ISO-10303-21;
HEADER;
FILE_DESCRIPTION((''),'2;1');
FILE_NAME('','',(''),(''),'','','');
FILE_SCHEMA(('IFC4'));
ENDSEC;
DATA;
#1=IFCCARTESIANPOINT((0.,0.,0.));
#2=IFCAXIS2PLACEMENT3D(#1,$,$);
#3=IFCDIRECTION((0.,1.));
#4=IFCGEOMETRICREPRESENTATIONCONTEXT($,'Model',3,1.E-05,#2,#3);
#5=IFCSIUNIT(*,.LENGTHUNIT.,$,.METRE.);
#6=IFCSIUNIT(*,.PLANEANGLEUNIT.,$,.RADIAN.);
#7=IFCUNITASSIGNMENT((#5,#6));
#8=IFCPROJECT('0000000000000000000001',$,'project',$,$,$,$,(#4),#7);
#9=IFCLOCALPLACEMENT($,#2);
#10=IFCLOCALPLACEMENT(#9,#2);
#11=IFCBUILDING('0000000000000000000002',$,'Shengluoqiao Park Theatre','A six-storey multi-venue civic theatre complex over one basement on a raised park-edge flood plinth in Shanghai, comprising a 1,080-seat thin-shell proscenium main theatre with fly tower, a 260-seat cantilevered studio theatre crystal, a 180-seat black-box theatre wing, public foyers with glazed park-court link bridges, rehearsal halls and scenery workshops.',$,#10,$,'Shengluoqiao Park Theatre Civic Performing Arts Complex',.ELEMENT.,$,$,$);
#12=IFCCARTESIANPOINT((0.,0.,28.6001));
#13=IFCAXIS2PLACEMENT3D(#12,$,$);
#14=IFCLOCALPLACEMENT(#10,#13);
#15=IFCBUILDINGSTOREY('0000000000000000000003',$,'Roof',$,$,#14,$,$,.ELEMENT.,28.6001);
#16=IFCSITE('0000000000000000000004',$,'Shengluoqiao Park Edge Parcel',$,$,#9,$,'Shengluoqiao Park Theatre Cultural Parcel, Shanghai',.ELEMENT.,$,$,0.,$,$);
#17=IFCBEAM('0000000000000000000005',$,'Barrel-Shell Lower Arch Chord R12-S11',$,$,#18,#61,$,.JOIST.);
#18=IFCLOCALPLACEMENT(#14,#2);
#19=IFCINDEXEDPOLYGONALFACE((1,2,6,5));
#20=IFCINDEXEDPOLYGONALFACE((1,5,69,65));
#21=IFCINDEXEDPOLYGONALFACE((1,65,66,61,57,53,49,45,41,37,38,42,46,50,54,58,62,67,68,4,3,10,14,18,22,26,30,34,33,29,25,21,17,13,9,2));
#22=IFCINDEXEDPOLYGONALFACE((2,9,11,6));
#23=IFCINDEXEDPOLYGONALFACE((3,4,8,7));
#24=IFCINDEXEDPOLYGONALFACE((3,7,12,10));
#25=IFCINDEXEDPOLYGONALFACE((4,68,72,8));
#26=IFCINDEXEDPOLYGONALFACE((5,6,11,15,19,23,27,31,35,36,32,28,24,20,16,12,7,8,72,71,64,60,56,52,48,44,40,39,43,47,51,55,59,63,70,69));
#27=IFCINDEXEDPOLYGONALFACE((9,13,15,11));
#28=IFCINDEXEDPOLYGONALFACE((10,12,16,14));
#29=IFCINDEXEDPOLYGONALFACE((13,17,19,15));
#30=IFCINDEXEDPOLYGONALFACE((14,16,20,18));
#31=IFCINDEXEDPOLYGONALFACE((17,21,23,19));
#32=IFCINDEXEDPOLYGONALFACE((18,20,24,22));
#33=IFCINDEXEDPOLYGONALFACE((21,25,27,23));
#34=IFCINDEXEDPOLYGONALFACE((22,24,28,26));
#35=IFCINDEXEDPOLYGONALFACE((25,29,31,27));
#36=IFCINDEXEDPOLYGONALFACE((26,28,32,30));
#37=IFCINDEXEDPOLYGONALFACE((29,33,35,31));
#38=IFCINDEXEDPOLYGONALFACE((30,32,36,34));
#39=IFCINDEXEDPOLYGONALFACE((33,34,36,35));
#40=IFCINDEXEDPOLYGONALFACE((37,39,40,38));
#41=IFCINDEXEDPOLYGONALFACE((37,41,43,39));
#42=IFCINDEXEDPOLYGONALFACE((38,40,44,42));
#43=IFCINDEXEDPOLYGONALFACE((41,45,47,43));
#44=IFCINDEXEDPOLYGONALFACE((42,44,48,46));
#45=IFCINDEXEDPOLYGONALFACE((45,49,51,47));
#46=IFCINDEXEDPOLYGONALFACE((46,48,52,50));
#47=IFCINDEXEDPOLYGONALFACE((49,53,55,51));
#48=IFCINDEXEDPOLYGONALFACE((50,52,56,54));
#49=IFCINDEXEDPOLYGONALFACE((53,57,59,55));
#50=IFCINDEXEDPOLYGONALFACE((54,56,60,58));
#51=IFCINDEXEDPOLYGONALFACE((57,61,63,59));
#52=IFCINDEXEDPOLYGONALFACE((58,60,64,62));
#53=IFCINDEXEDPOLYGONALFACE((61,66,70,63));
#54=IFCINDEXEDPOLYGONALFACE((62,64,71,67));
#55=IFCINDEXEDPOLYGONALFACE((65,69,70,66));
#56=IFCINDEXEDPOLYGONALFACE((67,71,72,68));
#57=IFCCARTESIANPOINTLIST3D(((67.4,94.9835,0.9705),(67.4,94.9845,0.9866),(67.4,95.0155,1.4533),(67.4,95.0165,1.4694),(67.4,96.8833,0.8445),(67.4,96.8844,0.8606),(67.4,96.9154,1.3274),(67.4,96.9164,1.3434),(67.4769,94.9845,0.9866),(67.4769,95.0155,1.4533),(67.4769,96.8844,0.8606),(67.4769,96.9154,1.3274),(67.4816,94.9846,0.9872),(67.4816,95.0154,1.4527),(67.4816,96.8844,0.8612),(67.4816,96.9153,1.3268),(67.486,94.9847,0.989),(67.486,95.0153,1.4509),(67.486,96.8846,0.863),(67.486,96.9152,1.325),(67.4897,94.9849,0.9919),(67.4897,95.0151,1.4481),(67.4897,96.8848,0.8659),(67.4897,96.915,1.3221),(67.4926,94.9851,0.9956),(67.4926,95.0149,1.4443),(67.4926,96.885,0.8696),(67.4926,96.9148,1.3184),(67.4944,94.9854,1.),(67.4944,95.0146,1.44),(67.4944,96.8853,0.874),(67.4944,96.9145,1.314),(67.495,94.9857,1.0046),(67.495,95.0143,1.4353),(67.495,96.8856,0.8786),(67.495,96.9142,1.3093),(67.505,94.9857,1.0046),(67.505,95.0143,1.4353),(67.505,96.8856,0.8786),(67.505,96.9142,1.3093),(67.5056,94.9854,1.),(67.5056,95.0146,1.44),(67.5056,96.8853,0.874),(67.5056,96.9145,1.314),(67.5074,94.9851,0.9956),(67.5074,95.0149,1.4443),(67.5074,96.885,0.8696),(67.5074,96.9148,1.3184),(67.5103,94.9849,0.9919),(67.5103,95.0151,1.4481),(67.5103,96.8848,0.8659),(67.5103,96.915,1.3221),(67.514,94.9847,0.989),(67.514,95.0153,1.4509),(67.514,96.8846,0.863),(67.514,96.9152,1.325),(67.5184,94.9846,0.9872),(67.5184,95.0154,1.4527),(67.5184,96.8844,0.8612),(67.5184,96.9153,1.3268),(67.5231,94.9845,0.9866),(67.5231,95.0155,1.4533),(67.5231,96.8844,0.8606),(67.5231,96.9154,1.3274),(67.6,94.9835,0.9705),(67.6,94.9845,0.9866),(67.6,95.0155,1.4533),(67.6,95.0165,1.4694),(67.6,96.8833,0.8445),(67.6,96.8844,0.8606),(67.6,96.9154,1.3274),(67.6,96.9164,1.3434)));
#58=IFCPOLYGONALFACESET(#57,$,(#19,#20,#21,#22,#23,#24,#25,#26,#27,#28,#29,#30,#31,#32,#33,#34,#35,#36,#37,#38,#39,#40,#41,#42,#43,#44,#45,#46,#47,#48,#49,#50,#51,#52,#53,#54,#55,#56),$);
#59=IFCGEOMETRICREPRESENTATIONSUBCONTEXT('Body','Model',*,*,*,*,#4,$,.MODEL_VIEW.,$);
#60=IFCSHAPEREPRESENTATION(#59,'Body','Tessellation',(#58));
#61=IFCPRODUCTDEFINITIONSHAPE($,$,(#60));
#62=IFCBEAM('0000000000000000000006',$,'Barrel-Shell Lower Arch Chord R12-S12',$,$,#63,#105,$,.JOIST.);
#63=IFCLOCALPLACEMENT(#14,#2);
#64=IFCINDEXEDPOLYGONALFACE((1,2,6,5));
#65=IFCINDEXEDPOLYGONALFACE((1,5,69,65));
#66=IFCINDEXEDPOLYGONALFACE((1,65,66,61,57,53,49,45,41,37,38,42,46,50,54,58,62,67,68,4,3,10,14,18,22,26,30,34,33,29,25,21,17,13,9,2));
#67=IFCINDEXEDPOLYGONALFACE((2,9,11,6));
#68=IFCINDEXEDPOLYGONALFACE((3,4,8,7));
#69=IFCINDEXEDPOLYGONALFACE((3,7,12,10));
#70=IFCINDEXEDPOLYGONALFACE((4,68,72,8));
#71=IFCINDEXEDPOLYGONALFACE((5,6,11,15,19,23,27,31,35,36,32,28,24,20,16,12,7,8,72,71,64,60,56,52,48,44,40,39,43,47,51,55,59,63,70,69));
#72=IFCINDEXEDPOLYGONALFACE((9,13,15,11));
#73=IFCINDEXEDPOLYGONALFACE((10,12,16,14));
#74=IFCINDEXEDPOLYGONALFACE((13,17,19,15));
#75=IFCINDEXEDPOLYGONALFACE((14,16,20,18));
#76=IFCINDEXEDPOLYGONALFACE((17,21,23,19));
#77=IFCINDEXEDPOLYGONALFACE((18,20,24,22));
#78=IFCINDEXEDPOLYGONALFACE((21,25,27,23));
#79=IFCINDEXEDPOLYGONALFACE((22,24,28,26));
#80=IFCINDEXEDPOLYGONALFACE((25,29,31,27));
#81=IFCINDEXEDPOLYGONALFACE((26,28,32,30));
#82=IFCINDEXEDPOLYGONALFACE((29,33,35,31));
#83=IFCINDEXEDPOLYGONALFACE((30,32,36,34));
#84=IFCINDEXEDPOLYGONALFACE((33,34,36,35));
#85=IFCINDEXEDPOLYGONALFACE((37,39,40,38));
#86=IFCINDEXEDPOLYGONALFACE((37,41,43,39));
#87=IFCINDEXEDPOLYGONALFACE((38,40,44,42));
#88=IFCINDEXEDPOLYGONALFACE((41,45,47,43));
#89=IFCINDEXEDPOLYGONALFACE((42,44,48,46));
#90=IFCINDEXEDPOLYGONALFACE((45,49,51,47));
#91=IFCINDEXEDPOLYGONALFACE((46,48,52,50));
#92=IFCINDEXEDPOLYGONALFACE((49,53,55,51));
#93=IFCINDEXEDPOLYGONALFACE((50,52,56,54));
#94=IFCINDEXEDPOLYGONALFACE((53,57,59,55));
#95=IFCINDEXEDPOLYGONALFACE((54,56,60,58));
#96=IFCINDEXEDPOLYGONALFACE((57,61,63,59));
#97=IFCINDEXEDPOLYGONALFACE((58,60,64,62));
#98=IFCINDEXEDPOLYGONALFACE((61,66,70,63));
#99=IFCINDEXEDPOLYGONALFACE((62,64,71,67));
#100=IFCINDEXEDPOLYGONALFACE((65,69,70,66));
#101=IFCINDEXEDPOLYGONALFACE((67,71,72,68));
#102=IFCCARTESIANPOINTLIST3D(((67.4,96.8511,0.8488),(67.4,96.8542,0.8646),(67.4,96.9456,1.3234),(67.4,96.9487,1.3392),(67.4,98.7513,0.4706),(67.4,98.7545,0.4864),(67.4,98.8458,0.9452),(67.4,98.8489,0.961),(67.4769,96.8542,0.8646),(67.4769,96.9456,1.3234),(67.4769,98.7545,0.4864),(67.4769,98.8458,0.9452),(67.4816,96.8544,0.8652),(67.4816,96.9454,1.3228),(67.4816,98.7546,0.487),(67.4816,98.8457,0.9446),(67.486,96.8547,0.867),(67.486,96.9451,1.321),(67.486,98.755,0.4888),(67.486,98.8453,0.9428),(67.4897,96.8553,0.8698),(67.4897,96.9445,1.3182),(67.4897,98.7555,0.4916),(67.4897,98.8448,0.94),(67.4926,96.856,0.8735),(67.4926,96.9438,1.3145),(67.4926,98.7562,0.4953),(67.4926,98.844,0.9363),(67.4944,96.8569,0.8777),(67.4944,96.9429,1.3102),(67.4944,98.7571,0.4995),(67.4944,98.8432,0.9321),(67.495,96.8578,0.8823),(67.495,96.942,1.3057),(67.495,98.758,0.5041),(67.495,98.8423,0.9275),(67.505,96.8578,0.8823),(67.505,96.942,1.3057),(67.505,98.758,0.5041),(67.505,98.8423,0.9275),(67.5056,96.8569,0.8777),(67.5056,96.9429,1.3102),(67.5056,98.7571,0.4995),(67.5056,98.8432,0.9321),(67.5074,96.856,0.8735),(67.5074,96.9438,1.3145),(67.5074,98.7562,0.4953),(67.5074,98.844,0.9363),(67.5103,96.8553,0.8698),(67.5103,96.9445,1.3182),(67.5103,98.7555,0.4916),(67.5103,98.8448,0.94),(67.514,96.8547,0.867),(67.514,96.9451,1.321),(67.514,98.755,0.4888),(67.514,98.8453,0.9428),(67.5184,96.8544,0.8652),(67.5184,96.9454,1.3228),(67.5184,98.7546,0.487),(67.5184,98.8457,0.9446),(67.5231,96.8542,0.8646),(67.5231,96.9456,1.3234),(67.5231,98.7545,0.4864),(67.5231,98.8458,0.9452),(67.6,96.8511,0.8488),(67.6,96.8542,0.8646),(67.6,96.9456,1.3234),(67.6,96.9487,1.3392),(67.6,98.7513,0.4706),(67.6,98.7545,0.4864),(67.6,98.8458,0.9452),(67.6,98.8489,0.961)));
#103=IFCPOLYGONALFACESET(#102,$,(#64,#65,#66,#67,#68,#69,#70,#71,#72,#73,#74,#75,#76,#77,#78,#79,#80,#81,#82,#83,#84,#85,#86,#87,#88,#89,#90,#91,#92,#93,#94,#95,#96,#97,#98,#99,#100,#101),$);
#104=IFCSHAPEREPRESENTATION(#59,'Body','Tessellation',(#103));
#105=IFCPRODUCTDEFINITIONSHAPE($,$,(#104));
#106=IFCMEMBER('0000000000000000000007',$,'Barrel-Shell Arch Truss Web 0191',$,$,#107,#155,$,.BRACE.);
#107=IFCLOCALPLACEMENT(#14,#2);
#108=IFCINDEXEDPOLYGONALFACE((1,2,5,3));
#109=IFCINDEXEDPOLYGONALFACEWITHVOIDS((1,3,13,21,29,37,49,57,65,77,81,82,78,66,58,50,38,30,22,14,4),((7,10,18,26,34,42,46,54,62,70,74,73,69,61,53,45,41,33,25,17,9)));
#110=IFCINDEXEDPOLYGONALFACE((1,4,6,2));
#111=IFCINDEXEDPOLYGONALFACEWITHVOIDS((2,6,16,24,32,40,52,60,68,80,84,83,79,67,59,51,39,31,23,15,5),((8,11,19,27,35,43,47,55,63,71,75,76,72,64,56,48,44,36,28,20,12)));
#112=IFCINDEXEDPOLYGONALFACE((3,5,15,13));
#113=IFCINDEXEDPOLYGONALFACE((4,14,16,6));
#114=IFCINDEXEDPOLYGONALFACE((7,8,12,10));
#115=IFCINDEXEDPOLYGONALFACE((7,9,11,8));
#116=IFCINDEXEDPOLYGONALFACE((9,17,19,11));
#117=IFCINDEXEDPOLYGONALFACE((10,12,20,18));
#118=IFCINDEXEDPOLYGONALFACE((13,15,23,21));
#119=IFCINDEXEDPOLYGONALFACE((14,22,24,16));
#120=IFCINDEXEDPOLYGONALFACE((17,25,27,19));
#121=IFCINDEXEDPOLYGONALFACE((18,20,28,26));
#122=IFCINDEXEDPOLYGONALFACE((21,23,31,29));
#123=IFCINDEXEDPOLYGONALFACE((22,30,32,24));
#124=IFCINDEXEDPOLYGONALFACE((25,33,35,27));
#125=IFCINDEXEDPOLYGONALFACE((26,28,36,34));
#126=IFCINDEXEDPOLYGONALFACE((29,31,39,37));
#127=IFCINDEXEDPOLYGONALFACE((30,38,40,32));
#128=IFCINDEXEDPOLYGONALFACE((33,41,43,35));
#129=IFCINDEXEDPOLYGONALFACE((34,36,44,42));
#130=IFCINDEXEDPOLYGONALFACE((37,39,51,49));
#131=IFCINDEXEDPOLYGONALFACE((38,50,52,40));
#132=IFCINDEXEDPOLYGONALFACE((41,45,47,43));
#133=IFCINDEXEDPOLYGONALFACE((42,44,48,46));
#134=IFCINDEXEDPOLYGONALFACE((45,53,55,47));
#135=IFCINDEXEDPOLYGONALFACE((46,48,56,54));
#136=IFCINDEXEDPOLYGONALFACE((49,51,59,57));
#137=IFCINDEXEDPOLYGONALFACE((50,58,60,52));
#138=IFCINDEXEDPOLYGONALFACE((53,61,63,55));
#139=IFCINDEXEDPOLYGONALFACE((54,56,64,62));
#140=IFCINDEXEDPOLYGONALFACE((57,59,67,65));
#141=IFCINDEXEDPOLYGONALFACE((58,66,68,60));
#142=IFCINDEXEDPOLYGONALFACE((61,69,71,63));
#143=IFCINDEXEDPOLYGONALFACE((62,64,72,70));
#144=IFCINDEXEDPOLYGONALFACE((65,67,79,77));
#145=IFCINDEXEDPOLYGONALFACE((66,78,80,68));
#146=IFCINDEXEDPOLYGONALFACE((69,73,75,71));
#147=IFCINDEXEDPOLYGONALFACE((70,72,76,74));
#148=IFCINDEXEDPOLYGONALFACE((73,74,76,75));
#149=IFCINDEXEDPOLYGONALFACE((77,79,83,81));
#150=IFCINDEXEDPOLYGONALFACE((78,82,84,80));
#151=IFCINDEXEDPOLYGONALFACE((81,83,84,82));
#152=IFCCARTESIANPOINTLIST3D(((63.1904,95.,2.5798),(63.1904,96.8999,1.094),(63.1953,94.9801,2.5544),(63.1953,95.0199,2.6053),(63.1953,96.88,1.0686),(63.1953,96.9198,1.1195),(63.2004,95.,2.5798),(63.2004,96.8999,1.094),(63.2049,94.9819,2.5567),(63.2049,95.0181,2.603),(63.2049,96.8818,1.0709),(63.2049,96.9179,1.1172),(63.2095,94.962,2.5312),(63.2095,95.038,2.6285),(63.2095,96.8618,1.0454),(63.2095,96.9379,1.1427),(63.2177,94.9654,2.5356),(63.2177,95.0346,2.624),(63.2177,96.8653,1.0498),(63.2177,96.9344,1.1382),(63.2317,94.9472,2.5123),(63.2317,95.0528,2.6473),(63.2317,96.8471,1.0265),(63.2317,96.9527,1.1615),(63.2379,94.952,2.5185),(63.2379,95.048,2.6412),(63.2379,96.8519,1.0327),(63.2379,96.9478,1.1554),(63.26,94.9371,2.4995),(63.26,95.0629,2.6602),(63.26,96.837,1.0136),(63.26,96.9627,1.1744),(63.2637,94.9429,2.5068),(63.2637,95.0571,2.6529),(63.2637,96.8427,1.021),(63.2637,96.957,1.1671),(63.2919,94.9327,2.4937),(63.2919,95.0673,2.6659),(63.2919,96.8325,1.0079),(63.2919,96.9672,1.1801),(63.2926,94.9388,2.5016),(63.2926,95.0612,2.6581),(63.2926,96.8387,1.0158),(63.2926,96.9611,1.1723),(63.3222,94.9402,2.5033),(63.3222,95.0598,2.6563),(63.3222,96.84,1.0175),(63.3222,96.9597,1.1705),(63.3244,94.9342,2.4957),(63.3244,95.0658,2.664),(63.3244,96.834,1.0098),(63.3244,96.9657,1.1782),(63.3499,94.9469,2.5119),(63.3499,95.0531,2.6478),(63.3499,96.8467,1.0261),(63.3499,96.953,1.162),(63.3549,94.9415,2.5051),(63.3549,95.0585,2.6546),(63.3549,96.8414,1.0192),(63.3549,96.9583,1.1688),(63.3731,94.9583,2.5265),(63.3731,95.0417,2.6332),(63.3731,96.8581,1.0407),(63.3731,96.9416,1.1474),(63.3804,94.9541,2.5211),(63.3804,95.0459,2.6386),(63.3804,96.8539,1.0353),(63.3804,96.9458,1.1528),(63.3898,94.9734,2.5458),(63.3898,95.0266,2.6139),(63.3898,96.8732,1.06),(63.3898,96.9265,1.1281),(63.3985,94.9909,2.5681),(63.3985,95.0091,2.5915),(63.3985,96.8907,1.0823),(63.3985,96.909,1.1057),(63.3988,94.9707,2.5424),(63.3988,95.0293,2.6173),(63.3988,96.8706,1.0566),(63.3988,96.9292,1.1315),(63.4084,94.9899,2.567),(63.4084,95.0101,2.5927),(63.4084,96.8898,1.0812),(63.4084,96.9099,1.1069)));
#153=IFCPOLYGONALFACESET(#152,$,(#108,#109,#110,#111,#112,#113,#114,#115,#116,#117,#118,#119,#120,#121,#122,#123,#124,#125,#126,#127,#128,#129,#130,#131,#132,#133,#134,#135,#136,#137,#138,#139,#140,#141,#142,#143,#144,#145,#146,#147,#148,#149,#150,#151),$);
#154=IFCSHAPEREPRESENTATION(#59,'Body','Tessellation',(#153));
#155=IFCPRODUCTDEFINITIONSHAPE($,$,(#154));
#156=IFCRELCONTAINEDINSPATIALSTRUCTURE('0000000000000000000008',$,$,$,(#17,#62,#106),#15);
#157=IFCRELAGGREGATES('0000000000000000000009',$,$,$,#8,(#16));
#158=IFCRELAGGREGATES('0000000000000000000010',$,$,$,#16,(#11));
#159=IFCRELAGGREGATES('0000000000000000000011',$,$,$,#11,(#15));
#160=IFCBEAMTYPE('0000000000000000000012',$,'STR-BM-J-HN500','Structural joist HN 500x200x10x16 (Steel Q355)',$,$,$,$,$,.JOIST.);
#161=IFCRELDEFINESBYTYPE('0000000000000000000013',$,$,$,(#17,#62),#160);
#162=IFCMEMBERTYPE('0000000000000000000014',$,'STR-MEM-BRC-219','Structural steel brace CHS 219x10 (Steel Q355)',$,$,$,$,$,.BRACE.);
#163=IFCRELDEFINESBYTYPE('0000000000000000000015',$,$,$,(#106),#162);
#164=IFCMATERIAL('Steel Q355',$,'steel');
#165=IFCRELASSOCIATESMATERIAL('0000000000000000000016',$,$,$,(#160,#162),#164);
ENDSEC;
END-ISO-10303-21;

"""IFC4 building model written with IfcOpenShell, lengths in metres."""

from ifc_helpers import new_model, si_unit, direction, frame, origin, origin_2d, place, context, subcontext, project, spatial, hollow_circle, i_section, extrude, material, material_profile, profile_set, type_object, element, save


model = new_model("IFC4")

# Units and contexts
model_context = context("Model", 3, precision=1e-05, world=origin(), true_north=direction((0.0, 1.0)))
body_context = subcontext(model_context, "Body", "Model", "MODEL_VIEW")
ifc_project = project(units=[si_unit("LENGTHUNIT", "METRE"), si_unit("PLANEANGLEUNIT", "RADIAN")], contexts=[model_context])

# Site, building, storey
site_placement = place(None, origin())
site = spatial("IfcSite", under=ifc_project, at=site_placement, Name="Shengluoqiao Park Edge Parcel", LongName="Shengluoqiao Park Theatre Cultural Parcel, Shanghai", CompositionType="ELEMENT", RefElevation=0.0)
building_placement = place(site_placement, origin())
building = spatial("IfcBuilding", under=site, at=building_placement, Name="Shengluoqiao Park Theatre", Description="A six-storey multi-venue civic theatre complex over one basement on a raised park-edge flood plinth in Shanghai, comprising a 1,080-seat thin-shell proscenium main theatre with fly tower, a 260-seat cantilevered studio theatre crystal, a 180-seat black-box theatre wing, public foyers with glazed park-court link bridges, rehearsal halls and scenery workshops.", LongName="Shengluoqiao Park Theatre Civic Performing Arts Complex", CompositionType="ELEMENT")
storey_placement = place(building_placement, frame((0.0, 0.0, 28.6001)))
storey = spatial("IfcBuildingStorey", under=building, at=storey_placement, Name="Roof", CompositionType="ELEMENT", Elevation=28.6001)

# Beams
ifc_material_1 = material(Name="Steel Q355", Category="steel")
ifc_material_profile_1 = material_profile(ifc_material_1, i_section(OverallWidth=0.2, OverallDepth=0.5, WebThickness=0.01, FlangeThickness=0.0161, FilletRadius=0.0181, at=origin_2d()), Name="HN 500x200x10x16")
ifc_profile_set_1 = profile_set([ifc_material_profile_1], Name="Steel Q355")
beam_type_1 = type_object("IfcBeamType", Name="STR-BM-J-HN500", Description="Structural joist HN 500x200x10x16 (Steel Q355)", PredefinedType="JOIST", material=ifc_profile_set_1)
beam_1_placement = place(storey_placement, frame((67.5, 95.0, 1.22), z_axis=(0.0, 0.997809, -0.066162), x_axis=(-1.0, 0.0, 0.0)))
element("IfcBeam", 1, at=beam_1_placement, inside=storey, type_object=beam_type_1, Name="Barrel-Shell Lower Arch Chord R12-S11", PredefinedType="JOIST", context=body_context, shape_type="SweptSolid", body=[
    extrude(i_section(OverallWidth=0.2, OverallDepth=0.5, WebThickness=0.01, FlangeThickness=0.0161, FilletRadius=0.0181, at=origin_2d()), origin(), (0.0, 0.0, 1.0), 1.9041),
])
beam_2_placement = place(storey_placement, frame((67.5, 96.8999, 1.094), z_axis=(0.0, 0.980764, -0.195195), x_axis=(-1.0, 0.0, 0.0)))
element("IfcBeam", 2, at=beam_2_placement, inside=storey, type_object=beam_type_1, Name="Barrel-Shell Lower Arch Chord R12-S12", PredefinedType="JOIST", context=body_context, shape_type="SweptSolid", body=[
    extrude(i_section(OverallWidth=0.2, OverallDepth=0.5, WebThickness=0.01, FlangeThickness=0.0161, FilletRadius=0.0181, at=origin_2d()), origin(), (0.0, 0.0, 1.0), 1.9375),
])

# Member
ifc_material_profile_2 = material_profile(ifc_material_1, hollow_circle(Radius=0.1096, WallThickness=0.01, at=origin_2d()), Name="CHS 219x10")
ifc_profile_set_2 = profile_set([ifc_material_profile_2], Name="Steel Q355")
member_type_1 = type_object("IfcMemberType", Name="STR-MEM-BRC-219", Description="Structural steel brace CHS 219x10 (Steel Q355)", PredefinedType="BRACE", material=ifc_profile_set_2)
for number, where, z_axis, x_axis, name in (
    (3, (63.3, 95.0, 2.5798), (0.0, 0.787714, -0.616041), (-1.0, 0.0, 0.0), "Barrel-Shell Arch Truss Web 0191"),
):
    element("IfcMember", number, at=place(storey_placement, frame(where, z_axis=z_axis, x_axis=x_axis)), inside=storey, type_object=member_type_1, Name=name, PredefinedType="BRACE", context=body_context, shape_type="SweptSolid", body=[
        extrude(hollow_circle(Radius=0.1096, WallThickness=0.01, at=origin_2d()), origin(), (0.0, 0.0, 1.0), 2.4119),
    ])

save(model, "model.ifc")
